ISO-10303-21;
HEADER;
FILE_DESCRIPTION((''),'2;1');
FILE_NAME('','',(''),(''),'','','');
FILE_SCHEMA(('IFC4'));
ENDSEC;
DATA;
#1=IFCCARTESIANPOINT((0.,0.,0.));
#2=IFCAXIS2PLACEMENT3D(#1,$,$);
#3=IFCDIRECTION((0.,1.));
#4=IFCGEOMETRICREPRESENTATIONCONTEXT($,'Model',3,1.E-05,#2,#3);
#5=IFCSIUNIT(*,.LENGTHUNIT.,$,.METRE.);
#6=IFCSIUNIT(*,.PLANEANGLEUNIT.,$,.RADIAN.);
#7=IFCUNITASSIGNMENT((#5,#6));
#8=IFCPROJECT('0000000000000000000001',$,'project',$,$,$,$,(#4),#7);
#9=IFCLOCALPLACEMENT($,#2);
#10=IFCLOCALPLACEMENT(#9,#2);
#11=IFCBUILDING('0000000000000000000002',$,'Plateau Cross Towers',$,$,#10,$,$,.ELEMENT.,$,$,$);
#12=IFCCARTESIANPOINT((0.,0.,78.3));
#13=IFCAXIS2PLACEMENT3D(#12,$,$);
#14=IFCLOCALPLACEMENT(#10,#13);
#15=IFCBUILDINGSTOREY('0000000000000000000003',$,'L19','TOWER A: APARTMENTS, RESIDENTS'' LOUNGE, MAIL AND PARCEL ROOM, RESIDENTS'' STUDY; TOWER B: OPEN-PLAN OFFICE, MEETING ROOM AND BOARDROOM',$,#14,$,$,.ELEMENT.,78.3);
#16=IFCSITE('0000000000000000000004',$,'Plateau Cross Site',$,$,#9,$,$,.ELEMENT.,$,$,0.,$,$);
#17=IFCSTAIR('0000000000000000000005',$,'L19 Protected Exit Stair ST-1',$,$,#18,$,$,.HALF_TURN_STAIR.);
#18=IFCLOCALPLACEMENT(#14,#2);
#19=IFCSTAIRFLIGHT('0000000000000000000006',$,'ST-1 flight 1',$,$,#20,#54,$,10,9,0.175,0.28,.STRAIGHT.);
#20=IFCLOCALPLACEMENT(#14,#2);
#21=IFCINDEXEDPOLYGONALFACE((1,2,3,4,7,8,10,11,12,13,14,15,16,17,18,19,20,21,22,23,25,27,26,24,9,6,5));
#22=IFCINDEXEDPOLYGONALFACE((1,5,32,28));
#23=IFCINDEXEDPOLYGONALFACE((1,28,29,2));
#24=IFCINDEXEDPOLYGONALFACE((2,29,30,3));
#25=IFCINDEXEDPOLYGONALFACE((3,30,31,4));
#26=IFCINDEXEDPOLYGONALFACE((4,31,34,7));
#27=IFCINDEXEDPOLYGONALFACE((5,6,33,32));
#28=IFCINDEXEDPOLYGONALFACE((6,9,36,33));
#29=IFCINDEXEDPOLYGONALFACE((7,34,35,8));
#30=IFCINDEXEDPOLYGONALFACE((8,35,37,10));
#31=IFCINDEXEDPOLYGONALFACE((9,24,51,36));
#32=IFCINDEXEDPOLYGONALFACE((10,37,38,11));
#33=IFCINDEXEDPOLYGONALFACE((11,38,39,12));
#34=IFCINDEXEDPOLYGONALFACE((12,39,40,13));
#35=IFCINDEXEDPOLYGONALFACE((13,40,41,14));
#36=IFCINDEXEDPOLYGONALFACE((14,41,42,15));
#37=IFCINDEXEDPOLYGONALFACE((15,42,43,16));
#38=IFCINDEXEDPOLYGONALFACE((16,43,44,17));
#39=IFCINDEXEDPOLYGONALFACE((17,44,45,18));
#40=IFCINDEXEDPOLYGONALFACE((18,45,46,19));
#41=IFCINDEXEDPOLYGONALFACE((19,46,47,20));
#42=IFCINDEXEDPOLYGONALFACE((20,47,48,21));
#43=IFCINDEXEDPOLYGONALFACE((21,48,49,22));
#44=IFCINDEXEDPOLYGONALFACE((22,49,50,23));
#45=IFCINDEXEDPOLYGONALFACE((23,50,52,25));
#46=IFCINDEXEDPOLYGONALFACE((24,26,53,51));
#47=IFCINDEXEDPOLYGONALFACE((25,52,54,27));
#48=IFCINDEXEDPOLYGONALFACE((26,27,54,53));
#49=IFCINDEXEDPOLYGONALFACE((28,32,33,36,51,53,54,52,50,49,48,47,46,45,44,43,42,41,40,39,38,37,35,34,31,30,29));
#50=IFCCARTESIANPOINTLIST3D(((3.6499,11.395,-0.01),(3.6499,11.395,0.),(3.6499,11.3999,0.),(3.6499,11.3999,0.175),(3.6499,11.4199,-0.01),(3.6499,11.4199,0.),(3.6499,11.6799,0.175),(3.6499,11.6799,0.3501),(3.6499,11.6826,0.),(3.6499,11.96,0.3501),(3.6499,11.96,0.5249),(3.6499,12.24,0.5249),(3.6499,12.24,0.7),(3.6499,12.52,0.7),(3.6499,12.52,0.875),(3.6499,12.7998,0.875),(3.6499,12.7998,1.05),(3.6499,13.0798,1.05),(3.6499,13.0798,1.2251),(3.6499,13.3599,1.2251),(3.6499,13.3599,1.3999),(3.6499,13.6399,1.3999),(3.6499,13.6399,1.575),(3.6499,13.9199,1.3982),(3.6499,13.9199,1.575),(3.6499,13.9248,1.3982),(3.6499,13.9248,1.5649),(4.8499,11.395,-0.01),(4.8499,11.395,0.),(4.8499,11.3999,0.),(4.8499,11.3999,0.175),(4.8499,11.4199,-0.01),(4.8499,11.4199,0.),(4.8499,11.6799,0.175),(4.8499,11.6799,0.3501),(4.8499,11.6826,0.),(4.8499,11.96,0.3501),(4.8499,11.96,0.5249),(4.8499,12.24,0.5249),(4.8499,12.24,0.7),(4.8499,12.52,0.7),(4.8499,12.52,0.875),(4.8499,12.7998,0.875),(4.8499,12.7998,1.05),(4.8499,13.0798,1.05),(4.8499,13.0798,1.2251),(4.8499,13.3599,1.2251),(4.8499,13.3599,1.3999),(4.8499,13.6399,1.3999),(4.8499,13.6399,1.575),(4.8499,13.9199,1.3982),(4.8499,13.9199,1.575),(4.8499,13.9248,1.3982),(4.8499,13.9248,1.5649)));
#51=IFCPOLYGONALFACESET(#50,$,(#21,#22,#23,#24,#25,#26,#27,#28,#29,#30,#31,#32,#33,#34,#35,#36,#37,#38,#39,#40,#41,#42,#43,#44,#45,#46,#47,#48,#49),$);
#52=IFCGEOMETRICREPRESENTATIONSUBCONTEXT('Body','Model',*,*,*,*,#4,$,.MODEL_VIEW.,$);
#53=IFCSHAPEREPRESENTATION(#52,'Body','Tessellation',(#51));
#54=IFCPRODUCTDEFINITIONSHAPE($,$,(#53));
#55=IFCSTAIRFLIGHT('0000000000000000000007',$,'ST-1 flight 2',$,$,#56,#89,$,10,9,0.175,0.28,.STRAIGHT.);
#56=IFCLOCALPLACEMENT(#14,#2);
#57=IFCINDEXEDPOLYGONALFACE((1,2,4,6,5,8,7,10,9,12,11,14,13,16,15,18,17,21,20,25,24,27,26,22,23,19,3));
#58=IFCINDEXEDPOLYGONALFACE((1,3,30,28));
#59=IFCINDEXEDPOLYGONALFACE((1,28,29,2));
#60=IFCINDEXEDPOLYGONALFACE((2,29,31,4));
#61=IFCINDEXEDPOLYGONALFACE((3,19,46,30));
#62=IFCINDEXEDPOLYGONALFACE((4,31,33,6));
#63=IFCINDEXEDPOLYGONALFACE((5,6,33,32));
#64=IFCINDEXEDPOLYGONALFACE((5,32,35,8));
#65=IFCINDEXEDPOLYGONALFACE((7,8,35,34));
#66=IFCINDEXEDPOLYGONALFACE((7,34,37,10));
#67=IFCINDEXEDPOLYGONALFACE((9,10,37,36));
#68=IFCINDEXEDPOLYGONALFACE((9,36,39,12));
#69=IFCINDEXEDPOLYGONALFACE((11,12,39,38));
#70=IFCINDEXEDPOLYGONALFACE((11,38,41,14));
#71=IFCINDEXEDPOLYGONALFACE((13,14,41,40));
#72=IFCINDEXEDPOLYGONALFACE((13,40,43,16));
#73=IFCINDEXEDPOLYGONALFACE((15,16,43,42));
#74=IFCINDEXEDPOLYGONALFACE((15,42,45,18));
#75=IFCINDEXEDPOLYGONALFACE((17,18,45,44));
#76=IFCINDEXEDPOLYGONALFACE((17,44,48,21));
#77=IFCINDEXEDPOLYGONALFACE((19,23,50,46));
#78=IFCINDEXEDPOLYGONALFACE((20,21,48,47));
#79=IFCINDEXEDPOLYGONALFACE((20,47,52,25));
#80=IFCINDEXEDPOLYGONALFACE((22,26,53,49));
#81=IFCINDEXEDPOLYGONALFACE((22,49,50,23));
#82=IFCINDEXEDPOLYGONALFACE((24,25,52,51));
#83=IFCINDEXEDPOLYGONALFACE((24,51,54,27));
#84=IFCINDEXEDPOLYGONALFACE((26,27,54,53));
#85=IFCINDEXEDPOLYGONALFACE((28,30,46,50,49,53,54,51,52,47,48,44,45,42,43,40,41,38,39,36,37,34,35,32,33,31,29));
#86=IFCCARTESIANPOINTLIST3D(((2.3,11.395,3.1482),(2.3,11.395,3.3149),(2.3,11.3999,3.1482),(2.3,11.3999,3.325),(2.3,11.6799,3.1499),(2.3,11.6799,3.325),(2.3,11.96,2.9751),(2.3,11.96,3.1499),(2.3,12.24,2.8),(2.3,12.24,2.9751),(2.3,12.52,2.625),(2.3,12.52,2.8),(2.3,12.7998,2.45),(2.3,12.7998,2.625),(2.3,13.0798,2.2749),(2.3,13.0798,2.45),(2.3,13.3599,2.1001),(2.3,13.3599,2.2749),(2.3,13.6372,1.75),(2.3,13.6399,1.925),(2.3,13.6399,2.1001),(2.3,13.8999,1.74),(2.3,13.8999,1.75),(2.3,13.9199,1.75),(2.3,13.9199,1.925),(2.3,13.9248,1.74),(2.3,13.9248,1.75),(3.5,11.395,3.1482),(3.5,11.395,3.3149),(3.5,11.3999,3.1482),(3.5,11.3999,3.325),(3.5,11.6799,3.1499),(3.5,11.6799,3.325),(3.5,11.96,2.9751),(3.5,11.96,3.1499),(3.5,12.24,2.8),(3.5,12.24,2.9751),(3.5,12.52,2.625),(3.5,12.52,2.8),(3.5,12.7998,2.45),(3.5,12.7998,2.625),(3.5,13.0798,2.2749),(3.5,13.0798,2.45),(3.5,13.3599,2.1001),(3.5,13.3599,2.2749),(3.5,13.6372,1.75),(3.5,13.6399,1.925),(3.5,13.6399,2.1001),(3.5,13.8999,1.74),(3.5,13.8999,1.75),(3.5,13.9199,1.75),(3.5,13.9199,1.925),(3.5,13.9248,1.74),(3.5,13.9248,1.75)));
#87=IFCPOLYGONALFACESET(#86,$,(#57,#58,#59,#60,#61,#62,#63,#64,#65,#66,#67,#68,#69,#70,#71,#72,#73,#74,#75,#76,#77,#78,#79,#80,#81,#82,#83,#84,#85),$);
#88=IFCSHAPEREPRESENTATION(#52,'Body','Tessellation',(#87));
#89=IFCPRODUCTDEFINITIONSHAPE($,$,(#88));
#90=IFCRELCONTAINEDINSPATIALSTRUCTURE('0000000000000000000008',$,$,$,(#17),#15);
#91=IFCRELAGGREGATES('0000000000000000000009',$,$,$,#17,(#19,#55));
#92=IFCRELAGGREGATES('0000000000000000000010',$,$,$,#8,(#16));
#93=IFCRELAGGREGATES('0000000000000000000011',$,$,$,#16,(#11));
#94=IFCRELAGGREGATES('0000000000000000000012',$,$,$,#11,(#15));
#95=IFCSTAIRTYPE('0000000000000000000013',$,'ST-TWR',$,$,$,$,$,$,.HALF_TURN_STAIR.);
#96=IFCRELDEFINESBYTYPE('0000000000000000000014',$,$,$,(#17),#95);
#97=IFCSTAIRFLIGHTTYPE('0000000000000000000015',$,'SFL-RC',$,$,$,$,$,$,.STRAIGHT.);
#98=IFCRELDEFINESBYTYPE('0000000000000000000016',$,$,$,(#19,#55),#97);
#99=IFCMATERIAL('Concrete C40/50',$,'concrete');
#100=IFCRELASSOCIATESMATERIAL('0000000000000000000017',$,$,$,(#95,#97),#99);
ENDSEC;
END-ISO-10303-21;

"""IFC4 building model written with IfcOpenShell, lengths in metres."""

from ifc_helpers import new_model, si_unit, direction, frame, origin, place, context, subcontext, project, spatial, polyline, outline, extrude, material, type_object, element, aggregate, save


model = new_model("IFC4")

# Units and contexts
model_context = context("Model", 3, precision=1e-05, world=origin(), true_north=direction((0.0, 1.0)))
body_context = subcontext(model_context, "Body", "Model", "MODEL_VIEW")
ifc_project = project(units=[si_unit("LENGTHUNIT", "METRE"), si_unit("PLANEANGLEUNIT", "RADIAN")], contexts=[model_context])

# Site, building, storey
site_placement = place(None, origin())
site = spatial("IfcSite", under=ifc_project, at=site_placement, Name="Plateau Cross Site", CompositionType="ELEMENT", RefElevation=0.0)
building_placement = place(site_placement, origin())
building = spatial("IfcBuilding", under=site, at=building_placement, Name="Plateau Cross Towers", CompositionType="ELEMENT")
storey_placement = place(building_placement, frame((0.0, 0.0, 78.3)))
storey = spatial("IfcBuildingStorey", under=building, at=storey_placement, Name="L19", Description="TOWER A: APARTMENTS, RESIDENTS' LOUNGE, MAIL AND PARCEL ROOM, RESIDENTS' STUDY; TOWER B: OPEN-PLAN OFFICE, MEETING ROOM AND BOARDROOM", CompositionType="ELEMENT", Elevation=78.3)

# Stair, stair flights
ifc_material_1 = material(Name="Concrete C40/50", Category="concrete")
stair_type = type_object("IfcStairType", Name="ST-TWR", PredefinedType="HALF_TURN_STAIR", material=ifc_material_1)
stair_placement = place(storey_placement, origin())
stair = element("IfcStair", 1, at=stair_placement, inside=storey, type_object=stair_type, Name="L19 Protected Exit Stair ST-1", PredefinedType="HALF_TURN_STAIR")
stair_flight_type = type_object("IfcStairFlightType", Name="SFL-RC", PredefinedType="STRAIGHT", material=ifc_material_1)
stair_flight_1_placement = place(storey_placement, frame((4.25, 11.3999, 0.0), z_axis=(0.0, 0.0, 1.0), x_axis=(0.0, 1.0, 0.0)))
stair_flight_1 = element("IfcStairFlight", 2, at=stair_flight_1_placement, type_object=stair_flight_type, Name="ST-1 flight 1", NumberOfRisers=10, NumberOfTreads=9, PredefinedType="STRAIGHT", RiserHeight=0.175, TreadLength=0.28, context=body_context, shape_type="SweptSolid", body=[
    extrude(outline(polyline([(-0.0049, -0.01), (-0.0049, 0.0), (0.0, 0.0), (0.0, 0.175), (0.28, 0.175), (0.28, 0.3501), (0.5601, 0.3501), (0.5601, 0.5249), (0.8401, 0.5249), (0.8401, 0.7), (1.1201, 0.7), (1.1201, 0.875), (1.3999, 0.875), (1.3999, 1.05), (1.6799, 1.05), (1.6799, 1.2251), (1.96, 1.2251), (1.96, 1.3999), (2.24, 1.3999), (2.24, 1.575), (2.52, 1.575), (2.5249, 1.5649), (2.5249, 1.3982), (2.52, 1.3982), (0.2827, 0.0), (0.02, 0.0), (0.02, -0.01), (-0.0049, -0.01)])), frame((0.0, 0.6001, 0.0), z_axis=(0.0, -1.0, 0.0), x_axis=(1.0, 0.0, 0.0)), (0.0, 0.0, 1.0), 1.2),
])
stair_flight_2_placement = place(storey_placement, frame((2.8999, 13.9199, 1.75), z_axis=(0.0, 0.0, 1.0), x_axis=(0.0, -1.0, 0.0)))
stair_flight_2 = element("IfcStairFlight", 3, at=stair_flight_2_placement, type_object=stair_flight_type, Name="ST-1 flight 2", NumberOfRisers=10, NumberOfTreads=9, PredefinedType="STRAIGHT", RiserHeight=0.175, TreadLength=0.28, context=body_context, shape_type="SweptSolid", body=[
    extrude(outline(polyline([(-0.0049, -0.01), (-0.0049, 0.0), (0.0, 0.0), (0.0, 0.175), (0.28, 0.175), (0.28, 0.3501), (0.5601, 0.3501), (0.5601, 0.5249), (0.8401, 0.5249), (0.8401, 0.7), (1.1201, 0.7), (1.1201, 0.875), (1.3999, 0.875), (1.3999, 1.05), (1.6799, 1.05), (1.6799, 1.2251), (1.96, 1.2251), (1.96, 1.3999), (2.24, 1.3999), (2.24, 1.575), (2.52, 1.575), (2.5249, 1.5649), (2.5249, 1.3982), (2.52, 1.3982), (0.2827, 0.0), (0.02, 0.0), (0.02, -0.01), (-0.0049, -0.01)])), frame((0.0, 0.6001, 0.0), z_axis=(0.0, -1.0, 0.0), x_axis=(1.0, 0.0, 0.0)), (0.0, 0.0, 1.0), 1.2),
])
aggregate(stair, [stair_flight_1, stair_flight_2])

save(model, "model.ifc")
